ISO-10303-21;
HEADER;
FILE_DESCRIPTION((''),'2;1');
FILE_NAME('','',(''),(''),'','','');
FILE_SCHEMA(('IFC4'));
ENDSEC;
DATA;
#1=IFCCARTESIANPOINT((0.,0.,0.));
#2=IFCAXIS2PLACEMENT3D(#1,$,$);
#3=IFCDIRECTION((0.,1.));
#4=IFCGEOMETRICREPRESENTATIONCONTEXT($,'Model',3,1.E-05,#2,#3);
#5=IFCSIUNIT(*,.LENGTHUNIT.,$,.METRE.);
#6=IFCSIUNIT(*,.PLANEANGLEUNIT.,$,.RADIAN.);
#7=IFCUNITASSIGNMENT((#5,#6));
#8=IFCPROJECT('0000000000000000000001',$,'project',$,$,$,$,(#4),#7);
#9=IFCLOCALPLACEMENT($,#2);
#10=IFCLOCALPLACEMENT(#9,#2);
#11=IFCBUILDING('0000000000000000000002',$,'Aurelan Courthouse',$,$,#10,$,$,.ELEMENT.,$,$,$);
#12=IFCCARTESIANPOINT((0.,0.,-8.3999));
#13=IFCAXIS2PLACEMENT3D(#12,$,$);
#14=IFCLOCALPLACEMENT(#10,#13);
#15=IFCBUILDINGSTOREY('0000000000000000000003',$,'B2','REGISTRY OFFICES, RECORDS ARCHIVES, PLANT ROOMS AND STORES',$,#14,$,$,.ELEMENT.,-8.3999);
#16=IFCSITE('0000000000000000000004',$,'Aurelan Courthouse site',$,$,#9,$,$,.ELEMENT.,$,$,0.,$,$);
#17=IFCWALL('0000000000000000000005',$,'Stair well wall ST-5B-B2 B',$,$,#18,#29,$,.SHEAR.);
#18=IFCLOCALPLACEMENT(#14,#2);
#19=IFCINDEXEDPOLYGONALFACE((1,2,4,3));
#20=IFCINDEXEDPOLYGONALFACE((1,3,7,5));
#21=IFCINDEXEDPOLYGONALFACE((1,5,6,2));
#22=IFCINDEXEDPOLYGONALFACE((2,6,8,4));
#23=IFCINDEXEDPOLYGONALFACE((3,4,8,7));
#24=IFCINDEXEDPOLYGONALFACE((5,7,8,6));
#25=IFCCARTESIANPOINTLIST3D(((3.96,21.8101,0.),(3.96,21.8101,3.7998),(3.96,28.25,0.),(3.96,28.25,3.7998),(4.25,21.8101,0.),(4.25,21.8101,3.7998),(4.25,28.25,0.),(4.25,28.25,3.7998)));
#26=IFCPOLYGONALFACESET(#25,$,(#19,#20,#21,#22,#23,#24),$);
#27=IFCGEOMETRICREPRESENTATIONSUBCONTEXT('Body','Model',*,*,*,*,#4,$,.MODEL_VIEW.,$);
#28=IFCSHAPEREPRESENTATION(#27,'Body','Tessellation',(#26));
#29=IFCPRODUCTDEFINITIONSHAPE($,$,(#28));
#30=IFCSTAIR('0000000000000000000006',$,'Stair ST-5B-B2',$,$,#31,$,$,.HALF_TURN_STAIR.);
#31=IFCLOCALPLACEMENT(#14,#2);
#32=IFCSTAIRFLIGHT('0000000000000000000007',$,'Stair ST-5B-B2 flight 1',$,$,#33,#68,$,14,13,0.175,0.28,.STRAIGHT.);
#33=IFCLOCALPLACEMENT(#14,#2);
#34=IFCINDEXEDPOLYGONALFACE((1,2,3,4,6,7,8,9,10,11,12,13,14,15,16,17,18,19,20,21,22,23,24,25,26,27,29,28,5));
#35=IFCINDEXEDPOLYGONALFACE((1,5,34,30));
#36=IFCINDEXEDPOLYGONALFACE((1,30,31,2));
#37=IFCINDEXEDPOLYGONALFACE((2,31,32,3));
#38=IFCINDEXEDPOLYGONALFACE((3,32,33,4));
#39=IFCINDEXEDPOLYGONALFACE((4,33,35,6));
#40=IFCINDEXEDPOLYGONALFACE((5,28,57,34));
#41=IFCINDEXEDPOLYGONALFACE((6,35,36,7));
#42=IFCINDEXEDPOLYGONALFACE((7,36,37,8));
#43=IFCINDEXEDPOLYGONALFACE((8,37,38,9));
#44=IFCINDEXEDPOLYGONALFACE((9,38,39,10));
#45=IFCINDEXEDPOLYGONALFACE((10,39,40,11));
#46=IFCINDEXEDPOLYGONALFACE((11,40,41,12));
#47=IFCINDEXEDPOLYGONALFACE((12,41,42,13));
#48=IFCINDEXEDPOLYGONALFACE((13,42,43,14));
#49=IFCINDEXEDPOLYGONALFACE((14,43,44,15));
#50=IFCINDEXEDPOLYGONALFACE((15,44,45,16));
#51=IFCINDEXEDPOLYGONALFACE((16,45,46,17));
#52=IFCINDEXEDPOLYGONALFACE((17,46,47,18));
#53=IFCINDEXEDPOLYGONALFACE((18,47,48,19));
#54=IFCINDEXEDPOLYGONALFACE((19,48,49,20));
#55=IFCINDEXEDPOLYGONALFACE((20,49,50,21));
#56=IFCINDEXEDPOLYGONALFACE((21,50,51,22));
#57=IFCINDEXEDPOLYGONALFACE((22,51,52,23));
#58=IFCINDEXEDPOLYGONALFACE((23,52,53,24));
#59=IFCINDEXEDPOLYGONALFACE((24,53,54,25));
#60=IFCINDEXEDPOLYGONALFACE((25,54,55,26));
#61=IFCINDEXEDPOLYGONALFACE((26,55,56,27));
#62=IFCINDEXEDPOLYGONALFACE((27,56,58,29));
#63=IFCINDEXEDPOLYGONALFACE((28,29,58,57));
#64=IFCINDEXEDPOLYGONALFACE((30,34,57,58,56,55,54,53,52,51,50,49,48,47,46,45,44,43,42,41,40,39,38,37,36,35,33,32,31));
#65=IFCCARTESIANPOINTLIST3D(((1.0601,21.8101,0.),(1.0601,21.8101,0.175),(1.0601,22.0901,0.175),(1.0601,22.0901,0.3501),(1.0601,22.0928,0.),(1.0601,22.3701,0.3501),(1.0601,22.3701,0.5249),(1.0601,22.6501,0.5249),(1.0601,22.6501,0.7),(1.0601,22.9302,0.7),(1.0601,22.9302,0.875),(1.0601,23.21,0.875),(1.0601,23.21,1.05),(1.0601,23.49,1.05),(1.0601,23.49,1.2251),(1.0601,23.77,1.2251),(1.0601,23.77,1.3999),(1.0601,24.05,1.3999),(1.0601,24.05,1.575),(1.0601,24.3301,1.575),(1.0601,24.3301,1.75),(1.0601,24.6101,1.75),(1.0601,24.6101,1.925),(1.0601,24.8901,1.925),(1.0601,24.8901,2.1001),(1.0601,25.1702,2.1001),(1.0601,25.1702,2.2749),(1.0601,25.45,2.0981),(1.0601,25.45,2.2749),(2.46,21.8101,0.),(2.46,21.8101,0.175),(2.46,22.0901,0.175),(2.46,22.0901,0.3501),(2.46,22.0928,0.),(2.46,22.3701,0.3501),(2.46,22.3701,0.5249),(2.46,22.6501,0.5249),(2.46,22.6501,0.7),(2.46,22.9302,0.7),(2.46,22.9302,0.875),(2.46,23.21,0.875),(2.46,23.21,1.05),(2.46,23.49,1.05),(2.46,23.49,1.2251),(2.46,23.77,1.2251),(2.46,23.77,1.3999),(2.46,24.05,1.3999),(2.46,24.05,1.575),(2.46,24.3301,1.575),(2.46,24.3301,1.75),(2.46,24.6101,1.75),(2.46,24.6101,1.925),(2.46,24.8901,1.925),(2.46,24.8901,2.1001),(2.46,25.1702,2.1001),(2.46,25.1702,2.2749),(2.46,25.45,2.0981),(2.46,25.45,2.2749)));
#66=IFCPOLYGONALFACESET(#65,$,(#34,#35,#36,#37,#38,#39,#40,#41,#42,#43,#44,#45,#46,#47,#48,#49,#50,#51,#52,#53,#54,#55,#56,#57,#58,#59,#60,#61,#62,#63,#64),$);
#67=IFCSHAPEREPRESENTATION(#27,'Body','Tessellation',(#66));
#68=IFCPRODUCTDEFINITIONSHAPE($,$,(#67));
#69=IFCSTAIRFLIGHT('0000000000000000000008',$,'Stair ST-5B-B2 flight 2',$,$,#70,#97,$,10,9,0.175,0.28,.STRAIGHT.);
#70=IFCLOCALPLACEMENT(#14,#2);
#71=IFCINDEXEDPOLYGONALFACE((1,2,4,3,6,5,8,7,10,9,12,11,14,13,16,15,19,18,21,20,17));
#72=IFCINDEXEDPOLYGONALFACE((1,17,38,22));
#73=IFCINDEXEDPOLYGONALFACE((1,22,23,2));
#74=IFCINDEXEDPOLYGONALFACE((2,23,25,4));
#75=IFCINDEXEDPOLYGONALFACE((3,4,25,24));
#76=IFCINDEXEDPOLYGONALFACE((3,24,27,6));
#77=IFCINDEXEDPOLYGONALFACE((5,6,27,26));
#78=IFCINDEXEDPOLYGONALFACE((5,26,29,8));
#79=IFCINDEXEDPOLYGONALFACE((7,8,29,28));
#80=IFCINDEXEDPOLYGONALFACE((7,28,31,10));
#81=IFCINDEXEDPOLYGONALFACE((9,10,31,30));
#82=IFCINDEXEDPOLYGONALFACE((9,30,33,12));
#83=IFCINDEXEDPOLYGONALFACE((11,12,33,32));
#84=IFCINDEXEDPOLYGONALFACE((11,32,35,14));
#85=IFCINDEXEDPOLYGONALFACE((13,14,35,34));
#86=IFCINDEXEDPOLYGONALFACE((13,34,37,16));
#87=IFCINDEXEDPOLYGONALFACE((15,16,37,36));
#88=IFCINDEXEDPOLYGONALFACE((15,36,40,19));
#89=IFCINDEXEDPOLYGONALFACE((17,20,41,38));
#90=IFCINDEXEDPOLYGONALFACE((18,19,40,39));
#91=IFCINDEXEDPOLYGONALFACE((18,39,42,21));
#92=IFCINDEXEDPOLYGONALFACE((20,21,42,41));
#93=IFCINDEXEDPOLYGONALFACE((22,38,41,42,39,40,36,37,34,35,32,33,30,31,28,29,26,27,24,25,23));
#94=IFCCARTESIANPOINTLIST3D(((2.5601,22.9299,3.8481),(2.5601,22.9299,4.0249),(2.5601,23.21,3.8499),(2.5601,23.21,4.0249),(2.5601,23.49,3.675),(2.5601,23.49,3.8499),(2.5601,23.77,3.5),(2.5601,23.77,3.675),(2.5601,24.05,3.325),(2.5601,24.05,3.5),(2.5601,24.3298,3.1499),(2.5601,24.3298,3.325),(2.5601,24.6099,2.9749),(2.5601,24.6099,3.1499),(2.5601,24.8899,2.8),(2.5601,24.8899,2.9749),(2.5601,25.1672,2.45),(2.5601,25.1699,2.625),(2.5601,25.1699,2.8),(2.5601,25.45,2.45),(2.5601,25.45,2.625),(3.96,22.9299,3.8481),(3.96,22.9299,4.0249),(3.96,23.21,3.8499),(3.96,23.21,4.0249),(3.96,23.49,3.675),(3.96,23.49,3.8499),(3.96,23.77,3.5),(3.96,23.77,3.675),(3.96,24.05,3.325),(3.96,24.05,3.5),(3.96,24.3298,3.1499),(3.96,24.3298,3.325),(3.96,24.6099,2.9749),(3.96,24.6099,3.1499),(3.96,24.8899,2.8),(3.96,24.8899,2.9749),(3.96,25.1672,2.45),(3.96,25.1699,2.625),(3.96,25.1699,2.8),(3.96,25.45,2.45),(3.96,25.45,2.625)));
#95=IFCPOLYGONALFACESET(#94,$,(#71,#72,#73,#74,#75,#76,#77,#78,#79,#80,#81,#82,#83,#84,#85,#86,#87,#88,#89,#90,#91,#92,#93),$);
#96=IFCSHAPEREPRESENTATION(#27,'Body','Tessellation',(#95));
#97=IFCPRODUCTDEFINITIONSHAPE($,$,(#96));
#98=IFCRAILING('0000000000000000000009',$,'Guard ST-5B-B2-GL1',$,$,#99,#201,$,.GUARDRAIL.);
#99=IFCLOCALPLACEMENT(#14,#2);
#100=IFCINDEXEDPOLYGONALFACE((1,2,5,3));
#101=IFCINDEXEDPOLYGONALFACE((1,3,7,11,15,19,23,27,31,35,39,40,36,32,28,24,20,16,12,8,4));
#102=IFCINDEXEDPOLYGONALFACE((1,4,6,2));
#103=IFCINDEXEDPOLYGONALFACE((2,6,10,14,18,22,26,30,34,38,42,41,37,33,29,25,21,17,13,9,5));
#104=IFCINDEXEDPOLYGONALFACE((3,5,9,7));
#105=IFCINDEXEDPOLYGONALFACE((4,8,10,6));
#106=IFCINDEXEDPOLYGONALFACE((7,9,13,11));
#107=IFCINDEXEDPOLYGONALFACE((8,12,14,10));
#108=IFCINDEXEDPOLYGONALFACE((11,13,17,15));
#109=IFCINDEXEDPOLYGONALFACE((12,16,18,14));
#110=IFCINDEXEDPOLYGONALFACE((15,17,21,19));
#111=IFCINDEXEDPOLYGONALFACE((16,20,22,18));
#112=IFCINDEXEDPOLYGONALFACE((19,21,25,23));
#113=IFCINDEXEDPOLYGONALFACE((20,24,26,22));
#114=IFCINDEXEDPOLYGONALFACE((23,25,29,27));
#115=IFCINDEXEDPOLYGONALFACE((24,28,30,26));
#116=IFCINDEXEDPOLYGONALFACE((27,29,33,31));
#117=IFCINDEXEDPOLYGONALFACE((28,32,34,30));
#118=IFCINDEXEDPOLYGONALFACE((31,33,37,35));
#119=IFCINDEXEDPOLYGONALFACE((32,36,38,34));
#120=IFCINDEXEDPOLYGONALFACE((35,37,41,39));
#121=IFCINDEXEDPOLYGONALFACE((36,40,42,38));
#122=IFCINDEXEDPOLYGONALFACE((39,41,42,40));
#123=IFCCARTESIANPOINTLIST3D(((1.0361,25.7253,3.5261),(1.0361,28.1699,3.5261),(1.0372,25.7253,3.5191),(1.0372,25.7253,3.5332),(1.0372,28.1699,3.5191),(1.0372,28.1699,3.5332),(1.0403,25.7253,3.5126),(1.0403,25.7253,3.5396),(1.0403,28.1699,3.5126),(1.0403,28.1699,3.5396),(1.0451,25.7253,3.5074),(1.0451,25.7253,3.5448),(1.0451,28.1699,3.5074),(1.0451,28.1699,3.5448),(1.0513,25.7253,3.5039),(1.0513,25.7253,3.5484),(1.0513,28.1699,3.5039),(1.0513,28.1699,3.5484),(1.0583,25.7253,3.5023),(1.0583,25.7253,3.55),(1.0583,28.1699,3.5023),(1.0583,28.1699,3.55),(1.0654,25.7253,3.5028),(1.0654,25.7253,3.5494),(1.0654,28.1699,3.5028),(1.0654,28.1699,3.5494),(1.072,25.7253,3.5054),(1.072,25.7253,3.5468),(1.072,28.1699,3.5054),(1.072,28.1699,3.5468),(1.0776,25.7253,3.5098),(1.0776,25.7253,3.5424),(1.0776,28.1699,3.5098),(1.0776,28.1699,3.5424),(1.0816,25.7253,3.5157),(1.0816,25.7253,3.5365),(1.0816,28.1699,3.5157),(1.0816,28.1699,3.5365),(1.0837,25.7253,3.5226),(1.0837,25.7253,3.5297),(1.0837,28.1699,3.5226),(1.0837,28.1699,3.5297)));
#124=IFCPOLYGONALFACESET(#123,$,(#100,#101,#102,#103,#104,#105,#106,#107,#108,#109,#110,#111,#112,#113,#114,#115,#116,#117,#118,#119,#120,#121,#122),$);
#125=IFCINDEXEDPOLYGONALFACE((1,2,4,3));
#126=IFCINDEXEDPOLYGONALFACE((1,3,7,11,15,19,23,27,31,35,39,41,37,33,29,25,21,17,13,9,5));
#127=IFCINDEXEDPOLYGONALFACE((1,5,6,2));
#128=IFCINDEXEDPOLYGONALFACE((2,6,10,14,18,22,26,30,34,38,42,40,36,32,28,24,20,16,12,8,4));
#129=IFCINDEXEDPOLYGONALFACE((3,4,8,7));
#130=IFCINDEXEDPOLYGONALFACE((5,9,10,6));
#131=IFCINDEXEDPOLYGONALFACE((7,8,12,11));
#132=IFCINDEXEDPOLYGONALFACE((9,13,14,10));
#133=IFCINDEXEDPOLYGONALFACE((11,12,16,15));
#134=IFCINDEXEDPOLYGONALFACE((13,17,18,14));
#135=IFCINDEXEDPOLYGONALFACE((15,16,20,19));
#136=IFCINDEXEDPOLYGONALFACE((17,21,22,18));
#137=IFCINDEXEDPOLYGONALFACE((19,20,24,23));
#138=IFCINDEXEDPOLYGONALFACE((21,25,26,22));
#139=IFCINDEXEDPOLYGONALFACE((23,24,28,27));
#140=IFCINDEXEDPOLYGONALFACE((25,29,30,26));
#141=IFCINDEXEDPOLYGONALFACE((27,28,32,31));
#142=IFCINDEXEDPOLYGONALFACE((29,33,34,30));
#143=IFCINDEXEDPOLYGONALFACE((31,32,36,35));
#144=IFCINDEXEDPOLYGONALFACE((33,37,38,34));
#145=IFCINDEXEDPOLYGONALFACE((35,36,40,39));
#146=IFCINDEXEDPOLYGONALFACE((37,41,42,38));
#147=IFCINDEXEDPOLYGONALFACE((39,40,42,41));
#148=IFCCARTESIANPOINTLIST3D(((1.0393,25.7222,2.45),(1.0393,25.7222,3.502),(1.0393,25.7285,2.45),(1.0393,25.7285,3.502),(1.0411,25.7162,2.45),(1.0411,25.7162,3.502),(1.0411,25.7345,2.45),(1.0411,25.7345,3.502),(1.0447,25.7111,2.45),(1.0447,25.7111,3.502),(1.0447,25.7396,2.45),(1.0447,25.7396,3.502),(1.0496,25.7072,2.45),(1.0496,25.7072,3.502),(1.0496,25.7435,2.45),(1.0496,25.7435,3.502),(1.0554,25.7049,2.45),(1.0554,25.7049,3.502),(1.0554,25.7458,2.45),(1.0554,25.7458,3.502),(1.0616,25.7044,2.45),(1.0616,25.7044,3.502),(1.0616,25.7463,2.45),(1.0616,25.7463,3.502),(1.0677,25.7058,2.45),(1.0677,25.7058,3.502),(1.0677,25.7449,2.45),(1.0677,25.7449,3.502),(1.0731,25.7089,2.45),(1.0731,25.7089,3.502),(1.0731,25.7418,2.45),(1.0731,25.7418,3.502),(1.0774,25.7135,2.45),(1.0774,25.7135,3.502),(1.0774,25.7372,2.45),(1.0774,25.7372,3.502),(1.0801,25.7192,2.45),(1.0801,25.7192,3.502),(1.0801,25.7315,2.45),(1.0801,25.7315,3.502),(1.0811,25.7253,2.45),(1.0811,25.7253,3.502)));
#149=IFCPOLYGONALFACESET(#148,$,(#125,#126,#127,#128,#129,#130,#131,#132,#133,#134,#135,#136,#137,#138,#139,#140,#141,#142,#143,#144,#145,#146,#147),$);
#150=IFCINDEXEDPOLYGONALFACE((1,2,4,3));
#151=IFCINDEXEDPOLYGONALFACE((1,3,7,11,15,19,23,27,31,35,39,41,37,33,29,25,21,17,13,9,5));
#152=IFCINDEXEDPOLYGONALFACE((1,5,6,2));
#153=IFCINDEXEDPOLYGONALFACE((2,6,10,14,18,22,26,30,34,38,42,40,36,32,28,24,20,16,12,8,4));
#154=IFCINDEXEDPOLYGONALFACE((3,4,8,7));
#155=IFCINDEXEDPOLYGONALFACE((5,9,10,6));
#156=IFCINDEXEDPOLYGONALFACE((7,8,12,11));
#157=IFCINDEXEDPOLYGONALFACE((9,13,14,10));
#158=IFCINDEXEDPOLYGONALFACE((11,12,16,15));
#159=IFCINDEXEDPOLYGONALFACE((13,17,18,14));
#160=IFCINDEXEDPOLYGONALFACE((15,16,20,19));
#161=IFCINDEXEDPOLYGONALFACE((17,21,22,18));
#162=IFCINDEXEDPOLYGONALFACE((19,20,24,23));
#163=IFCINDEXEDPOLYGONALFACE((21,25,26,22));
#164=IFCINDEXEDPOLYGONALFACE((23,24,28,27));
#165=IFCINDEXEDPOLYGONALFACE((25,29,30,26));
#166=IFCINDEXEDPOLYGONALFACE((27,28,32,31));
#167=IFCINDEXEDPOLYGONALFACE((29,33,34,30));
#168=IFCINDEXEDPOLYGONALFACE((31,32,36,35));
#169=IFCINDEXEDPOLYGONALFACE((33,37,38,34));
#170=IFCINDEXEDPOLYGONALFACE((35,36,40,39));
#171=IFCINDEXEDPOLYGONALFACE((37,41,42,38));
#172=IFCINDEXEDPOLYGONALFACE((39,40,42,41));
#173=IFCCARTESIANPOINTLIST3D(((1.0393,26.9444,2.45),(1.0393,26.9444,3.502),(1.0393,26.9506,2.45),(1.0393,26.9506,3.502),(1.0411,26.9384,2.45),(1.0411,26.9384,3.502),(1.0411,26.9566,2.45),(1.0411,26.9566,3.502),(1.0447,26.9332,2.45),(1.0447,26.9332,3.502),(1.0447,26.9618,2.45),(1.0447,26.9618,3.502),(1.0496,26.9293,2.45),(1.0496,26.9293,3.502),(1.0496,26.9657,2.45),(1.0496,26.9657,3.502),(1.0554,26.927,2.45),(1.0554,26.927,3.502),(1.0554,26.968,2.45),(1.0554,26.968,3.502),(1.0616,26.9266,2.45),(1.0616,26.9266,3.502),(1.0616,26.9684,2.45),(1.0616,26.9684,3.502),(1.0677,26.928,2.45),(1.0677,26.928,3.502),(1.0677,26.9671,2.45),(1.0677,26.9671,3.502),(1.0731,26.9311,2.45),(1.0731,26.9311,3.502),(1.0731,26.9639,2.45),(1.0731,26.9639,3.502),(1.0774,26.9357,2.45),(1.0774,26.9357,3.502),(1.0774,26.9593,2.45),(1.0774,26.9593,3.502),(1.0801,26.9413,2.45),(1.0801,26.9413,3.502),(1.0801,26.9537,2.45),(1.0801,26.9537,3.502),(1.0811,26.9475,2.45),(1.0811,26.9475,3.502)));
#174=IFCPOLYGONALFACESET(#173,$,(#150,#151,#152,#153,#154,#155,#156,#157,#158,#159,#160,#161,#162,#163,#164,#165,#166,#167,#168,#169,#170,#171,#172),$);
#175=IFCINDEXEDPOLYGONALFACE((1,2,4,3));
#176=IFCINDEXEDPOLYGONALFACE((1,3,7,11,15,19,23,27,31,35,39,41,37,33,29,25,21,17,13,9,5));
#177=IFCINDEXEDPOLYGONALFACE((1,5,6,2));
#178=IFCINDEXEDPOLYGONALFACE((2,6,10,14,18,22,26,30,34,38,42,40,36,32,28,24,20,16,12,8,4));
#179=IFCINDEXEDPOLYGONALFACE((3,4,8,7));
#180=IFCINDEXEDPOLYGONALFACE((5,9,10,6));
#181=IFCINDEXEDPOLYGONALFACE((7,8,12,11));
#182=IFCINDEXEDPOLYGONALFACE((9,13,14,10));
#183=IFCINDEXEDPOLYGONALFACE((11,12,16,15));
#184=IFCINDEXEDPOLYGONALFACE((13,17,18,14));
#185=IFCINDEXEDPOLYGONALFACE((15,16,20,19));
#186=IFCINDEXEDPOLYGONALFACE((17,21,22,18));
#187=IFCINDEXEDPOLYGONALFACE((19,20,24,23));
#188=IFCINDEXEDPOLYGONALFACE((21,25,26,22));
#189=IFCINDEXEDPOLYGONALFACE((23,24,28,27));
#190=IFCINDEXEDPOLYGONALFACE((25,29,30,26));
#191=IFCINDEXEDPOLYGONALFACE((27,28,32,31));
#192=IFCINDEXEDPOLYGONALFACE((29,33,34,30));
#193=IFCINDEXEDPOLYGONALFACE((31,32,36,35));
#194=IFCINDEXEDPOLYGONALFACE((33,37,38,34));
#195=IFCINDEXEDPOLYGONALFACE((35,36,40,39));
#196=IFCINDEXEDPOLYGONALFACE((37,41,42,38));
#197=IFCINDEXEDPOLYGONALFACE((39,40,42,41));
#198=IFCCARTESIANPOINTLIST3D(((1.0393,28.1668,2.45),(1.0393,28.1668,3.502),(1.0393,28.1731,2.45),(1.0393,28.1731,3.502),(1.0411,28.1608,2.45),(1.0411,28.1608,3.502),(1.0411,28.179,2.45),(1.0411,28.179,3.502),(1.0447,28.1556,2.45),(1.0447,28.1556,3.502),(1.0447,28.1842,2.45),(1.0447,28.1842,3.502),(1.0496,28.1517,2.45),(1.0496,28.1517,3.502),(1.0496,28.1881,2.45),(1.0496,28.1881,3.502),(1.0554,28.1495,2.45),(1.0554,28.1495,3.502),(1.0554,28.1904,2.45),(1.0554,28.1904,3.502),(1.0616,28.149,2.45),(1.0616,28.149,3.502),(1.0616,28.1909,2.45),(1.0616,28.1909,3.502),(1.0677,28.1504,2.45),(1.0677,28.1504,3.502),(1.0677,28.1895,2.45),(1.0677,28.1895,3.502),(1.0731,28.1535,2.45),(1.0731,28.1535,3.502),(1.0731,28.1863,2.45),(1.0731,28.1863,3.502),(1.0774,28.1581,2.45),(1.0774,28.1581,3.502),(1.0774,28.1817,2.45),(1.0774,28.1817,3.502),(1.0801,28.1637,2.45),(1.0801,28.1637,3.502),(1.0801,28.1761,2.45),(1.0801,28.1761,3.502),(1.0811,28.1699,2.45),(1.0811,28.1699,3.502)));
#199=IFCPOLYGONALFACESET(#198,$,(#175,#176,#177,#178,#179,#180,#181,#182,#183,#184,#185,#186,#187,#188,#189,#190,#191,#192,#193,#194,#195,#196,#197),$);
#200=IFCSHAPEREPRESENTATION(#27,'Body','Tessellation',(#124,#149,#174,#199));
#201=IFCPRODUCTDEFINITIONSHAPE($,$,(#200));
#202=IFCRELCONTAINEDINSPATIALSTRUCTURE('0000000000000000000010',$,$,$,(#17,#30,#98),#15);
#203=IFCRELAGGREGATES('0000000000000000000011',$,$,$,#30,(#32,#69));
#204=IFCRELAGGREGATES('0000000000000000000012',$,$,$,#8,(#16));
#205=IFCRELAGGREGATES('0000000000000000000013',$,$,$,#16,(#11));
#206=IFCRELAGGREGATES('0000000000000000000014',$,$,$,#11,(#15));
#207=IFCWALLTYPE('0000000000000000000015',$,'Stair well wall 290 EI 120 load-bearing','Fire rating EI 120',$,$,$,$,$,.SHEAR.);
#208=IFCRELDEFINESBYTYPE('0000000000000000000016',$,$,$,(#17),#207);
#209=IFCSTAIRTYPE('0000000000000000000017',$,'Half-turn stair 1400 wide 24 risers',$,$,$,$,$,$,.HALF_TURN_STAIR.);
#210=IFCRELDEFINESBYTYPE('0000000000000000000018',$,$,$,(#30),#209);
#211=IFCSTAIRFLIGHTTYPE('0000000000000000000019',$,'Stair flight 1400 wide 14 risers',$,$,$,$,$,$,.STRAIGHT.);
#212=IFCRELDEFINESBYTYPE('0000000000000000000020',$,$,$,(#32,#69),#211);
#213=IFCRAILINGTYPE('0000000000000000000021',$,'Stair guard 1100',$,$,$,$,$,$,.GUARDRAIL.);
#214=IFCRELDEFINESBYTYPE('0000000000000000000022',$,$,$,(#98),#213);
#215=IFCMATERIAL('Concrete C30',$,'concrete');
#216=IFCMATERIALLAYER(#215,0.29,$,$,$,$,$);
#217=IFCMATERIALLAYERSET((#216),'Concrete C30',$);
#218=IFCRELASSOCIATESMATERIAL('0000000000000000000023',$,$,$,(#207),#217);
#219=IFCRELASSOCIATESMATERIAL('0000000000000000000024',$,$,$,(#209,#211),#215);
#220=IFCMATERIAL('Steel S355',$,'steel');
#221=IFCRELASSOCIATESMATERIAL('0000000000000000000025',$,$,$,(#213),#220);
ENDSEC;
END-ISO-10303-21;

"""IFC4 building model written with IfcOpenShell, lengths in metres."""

from ifc_helpers import new_model, si_unit, direction, frame, frame_2d, origin, origin_2d, place, context, subcontext, project, spatial, polyline, rectangle, circle, outline, extrude, material, layer, layer_set, type_object, element, aggregate, save


model = new_model("IFC4")

# Units and contexts
model_context = context("Model", 3, precision=1e-05, world=origin(), true_north=direction((0.0, 1.0)))
body_context = subcontext(model_context, "Body", "Model", "MODEL_VIEW")
ifc_project = project(units=[si_unit("LENGTHUNIT", "METRE"), si_unit("PLANEANGLEUNIT", "RADIAN")], contexts=[model_context])

# Site, building, storey
site_placement = place(None, origin())
site = spatial("IfcSite", under=ifc_project, at=site_placement, Name="Aurelan Courthouse site", CompositionType="ELEMENT", RefElevation=0.0)
building_placement = place(site_placement, origin())
building = spatial("IfcBuilding", under=site, at=building_placement, Name="Aurelan Courthouse", CompositionType="ELEMENT")
storey_placement = place(building_placement, frame((0.0, 0.0, -8.3999)))
storey = spatial("IfcBuildingStorey", under=building, at=storey_placement, Name="B2", Description="REGISTRY OFFICES, RECORDS ARCHIVES, PLANT ROOMS AND STORES", CompositionType="ELEMENT", Elevation=-8.3999)

# Wall
ifc_material_1 = material(Name="Concrete C30", Category="concrete")
ifc_layer_1 = layer(ifc_material_1, 0.29)
ifc_layer_set_1 = layer_set([ifc_layer_1], Name="Concrete C30")
wall_type_1 = type_object("IfcWallType", Name="Stair well wall 290 EI 120 load-bearing", Description="Fire rating EI 120", PredefinedType="SHEAR", material=ifc_layer_set_1)
wall_1_placement = place(storey_placement, frame((4.105, 21.8101, 0.0), z_axis=(0.0, 0.0, 1.0), x_axis=(0.0, 1.0, 0.0)))
element("IfcWall", 1, at=wall_1_placement, inside=storey, type_object=wall_type_1, Name="Stair well wall ST-5B-B2 B", PredefinedType="SHEAR", context=body_context, shape_type="SweptSolid", body=[
    extrude(rectangle(XDim=6.4399, YDim=0.29, at=frame_2d((3.22, 0.0))), origin(), (0.0, 0.0, 1.0), 3.7998),
])

# Stair, stair flights
stair_type = type_object("IfcStairType", Name="Half-turn stair 1400 wide 24 risers", PredefinedType="HALF_TURN_STAIR", material=ifc_material_1)
stair_placement = place(storey_placement, origin())
stair = element("IfcStair", 2, at=stair_placement, inside=storey, type_object=stair_type, Name="Stair ST-5B-B2", PredefinedType="HALF_TURN_STAIR")
stair_flight_type = type_object("IfcStairFlightType", Name="Stair flight 1400 wide 14 risers", PredefinedType="STRAIGHT", material=ifc_material_1)
stair_flight_1_placement = place(storey_placement, frame((1.76, 21.8101, 0.0), z_axis=(0.0, 0.0, 1.0), x_axis=(0.0, 1.0, 0.0)))
stair_flight_1 = element("IfcStairFlight", 3, at=stair_flight_1_placement, type_object=stair_flight_type, Name="Stair ST-5B-B2 flight 1", NumberOfRisers=14, NumberOfTreads=13, PredefinedType="STRAIGHT", RiserHeight=0.175, TreadLength=0.28, context=body_context, shape_type="SweptSolid", body=[
    extrude(outline(polyline([(0.0, 0.0), (0.0, 0.175), (0.28, 0.175), (0.28, 0.3501), (0.5601, 0.3501), (0.5601, 0.5249), (0.8401, 0.5249), (0.8401, 0.7), (1.1201, 0.7), (1.1201, 0.875), (1.3999, 0.875), (1.3999, 1.05), (1.6799, 1.05), (1.6799, 1.2251), (1.96, 1.2251), (1.96, 1.3999), (2.24, 1.3999), (2.24, 1.575), (2.52, 1.575), (2.52, 1.75), (2.8, 1.75), (2.8, 1.925), (3.0801, 1.925), (3.0801, 2.1001), (3.3601, 2.1001), (3.3601, 2.2749), (3.6399, 2.2749), (3.6399, 2.45), (3.6399, 2.0981), (0.2827, 0.0), (0.0, 0.0)])), frame((0.0, 0.7, 0.0), z_axis=(0.0, -1.0, 0.0), x_axis=(1.0, 0.0, 0.0)), (0.0, 0.0, 1.0), 1.3999),
])
stair_flight_2_placement = place(storey_placement, frame((3.26, 25.45, 2.45), z_axis=(0.0, 0.0, 1.0), x_axis=(0.0, -1.0, 0.0)))
stair_flight_2 = element("IfcStairFlight", 4, at=stair_flight_2_placement, type_object=stair_flight_type, Name="Stair ST-5B-B2 flight 2", NumberOfRisers=10, NumberOfTreads=9, PredefinedType="STRAIGHT", RiserHeight=0.175, TreadLength=0.28, context=body_context, shape_type="SweptSolid", body=[
    extrude(outline(polyline([(0.0, 0.0), (0.0, 0.175), (0.28, 0.175), (0.28, 0.3501), (0.5601, 0.3501), (0.5601, 0.5249), (0.8401, 0.5249), (0.8401, 0.7), (1.1201, 0.7), (1.1201, 0.875), (1.3999, 0.875), (1.3999, 1.05), (1.6799, 1.05), (1.6799, 1.2251), (1.96, 1.2251), (1.96, 1.3999), (2.24, 1.3999), (2.24, 1.575), (2.52, 1.575), (2.52, 1.75), (2.52, 1.3982), (0.2827, 0.0), (0.0, 0.0)])), frame((0.0, 0.7, 0.0), z_axis=(0.0, -1.0, 0.0), x_axis=(1.0, 0.0, 0.0)), (0.0, 0.0, 1.0), 1.3999),
])
aggregate(stair, [stair_flight_1, stair_flight_2])

# Railing
ifc_material_2 = material(Name="Steel S355", Category="steel")
railing_type_1 = type_object("IfcRailingType", Name="Stair guard 1100", PredefinedType="GUARDRAIL", material=ifc_material_2)
railing_placement = place(storey_placement, frame((1.0601, 25.7253, 2.45)))
element("IfcRailing", 5, at=railing_placement, inside=storey, type_object=railing_type_1, Name="Guard ST-5B-B2-GL1", PredefinedType="GUARDRAIL", context=body_context, shape_type="SweptSolid", body=[
    extrude(circle(Radius=0.0239, at=origin_2d()), frame((0.0, 0.0, 1.0762), z_axis=(0.0, 1.0, 0.0), x_axis=(-1.0, 0.0, 0.0)), (0.0, 0.0, 1.0), 2.4446),
    extrude(circle(Radius=0.021, at=origin_2d()), origin(), (0.0, 0.0, 1.0), 1.052),
    extrude(circle(Radius=0.021, at=origin_2d()), frame((0.0, 1.2222, 0.0)), (0.0, 0.0, 1.0), 1.052),
    extrude(circle(Radius=0.021, at=origin_2d()), frame((0.0, 2.4446, 0.0)), (0.0, 0.0, 1.0), 1.052),
])

save(model, "model.ifc")
